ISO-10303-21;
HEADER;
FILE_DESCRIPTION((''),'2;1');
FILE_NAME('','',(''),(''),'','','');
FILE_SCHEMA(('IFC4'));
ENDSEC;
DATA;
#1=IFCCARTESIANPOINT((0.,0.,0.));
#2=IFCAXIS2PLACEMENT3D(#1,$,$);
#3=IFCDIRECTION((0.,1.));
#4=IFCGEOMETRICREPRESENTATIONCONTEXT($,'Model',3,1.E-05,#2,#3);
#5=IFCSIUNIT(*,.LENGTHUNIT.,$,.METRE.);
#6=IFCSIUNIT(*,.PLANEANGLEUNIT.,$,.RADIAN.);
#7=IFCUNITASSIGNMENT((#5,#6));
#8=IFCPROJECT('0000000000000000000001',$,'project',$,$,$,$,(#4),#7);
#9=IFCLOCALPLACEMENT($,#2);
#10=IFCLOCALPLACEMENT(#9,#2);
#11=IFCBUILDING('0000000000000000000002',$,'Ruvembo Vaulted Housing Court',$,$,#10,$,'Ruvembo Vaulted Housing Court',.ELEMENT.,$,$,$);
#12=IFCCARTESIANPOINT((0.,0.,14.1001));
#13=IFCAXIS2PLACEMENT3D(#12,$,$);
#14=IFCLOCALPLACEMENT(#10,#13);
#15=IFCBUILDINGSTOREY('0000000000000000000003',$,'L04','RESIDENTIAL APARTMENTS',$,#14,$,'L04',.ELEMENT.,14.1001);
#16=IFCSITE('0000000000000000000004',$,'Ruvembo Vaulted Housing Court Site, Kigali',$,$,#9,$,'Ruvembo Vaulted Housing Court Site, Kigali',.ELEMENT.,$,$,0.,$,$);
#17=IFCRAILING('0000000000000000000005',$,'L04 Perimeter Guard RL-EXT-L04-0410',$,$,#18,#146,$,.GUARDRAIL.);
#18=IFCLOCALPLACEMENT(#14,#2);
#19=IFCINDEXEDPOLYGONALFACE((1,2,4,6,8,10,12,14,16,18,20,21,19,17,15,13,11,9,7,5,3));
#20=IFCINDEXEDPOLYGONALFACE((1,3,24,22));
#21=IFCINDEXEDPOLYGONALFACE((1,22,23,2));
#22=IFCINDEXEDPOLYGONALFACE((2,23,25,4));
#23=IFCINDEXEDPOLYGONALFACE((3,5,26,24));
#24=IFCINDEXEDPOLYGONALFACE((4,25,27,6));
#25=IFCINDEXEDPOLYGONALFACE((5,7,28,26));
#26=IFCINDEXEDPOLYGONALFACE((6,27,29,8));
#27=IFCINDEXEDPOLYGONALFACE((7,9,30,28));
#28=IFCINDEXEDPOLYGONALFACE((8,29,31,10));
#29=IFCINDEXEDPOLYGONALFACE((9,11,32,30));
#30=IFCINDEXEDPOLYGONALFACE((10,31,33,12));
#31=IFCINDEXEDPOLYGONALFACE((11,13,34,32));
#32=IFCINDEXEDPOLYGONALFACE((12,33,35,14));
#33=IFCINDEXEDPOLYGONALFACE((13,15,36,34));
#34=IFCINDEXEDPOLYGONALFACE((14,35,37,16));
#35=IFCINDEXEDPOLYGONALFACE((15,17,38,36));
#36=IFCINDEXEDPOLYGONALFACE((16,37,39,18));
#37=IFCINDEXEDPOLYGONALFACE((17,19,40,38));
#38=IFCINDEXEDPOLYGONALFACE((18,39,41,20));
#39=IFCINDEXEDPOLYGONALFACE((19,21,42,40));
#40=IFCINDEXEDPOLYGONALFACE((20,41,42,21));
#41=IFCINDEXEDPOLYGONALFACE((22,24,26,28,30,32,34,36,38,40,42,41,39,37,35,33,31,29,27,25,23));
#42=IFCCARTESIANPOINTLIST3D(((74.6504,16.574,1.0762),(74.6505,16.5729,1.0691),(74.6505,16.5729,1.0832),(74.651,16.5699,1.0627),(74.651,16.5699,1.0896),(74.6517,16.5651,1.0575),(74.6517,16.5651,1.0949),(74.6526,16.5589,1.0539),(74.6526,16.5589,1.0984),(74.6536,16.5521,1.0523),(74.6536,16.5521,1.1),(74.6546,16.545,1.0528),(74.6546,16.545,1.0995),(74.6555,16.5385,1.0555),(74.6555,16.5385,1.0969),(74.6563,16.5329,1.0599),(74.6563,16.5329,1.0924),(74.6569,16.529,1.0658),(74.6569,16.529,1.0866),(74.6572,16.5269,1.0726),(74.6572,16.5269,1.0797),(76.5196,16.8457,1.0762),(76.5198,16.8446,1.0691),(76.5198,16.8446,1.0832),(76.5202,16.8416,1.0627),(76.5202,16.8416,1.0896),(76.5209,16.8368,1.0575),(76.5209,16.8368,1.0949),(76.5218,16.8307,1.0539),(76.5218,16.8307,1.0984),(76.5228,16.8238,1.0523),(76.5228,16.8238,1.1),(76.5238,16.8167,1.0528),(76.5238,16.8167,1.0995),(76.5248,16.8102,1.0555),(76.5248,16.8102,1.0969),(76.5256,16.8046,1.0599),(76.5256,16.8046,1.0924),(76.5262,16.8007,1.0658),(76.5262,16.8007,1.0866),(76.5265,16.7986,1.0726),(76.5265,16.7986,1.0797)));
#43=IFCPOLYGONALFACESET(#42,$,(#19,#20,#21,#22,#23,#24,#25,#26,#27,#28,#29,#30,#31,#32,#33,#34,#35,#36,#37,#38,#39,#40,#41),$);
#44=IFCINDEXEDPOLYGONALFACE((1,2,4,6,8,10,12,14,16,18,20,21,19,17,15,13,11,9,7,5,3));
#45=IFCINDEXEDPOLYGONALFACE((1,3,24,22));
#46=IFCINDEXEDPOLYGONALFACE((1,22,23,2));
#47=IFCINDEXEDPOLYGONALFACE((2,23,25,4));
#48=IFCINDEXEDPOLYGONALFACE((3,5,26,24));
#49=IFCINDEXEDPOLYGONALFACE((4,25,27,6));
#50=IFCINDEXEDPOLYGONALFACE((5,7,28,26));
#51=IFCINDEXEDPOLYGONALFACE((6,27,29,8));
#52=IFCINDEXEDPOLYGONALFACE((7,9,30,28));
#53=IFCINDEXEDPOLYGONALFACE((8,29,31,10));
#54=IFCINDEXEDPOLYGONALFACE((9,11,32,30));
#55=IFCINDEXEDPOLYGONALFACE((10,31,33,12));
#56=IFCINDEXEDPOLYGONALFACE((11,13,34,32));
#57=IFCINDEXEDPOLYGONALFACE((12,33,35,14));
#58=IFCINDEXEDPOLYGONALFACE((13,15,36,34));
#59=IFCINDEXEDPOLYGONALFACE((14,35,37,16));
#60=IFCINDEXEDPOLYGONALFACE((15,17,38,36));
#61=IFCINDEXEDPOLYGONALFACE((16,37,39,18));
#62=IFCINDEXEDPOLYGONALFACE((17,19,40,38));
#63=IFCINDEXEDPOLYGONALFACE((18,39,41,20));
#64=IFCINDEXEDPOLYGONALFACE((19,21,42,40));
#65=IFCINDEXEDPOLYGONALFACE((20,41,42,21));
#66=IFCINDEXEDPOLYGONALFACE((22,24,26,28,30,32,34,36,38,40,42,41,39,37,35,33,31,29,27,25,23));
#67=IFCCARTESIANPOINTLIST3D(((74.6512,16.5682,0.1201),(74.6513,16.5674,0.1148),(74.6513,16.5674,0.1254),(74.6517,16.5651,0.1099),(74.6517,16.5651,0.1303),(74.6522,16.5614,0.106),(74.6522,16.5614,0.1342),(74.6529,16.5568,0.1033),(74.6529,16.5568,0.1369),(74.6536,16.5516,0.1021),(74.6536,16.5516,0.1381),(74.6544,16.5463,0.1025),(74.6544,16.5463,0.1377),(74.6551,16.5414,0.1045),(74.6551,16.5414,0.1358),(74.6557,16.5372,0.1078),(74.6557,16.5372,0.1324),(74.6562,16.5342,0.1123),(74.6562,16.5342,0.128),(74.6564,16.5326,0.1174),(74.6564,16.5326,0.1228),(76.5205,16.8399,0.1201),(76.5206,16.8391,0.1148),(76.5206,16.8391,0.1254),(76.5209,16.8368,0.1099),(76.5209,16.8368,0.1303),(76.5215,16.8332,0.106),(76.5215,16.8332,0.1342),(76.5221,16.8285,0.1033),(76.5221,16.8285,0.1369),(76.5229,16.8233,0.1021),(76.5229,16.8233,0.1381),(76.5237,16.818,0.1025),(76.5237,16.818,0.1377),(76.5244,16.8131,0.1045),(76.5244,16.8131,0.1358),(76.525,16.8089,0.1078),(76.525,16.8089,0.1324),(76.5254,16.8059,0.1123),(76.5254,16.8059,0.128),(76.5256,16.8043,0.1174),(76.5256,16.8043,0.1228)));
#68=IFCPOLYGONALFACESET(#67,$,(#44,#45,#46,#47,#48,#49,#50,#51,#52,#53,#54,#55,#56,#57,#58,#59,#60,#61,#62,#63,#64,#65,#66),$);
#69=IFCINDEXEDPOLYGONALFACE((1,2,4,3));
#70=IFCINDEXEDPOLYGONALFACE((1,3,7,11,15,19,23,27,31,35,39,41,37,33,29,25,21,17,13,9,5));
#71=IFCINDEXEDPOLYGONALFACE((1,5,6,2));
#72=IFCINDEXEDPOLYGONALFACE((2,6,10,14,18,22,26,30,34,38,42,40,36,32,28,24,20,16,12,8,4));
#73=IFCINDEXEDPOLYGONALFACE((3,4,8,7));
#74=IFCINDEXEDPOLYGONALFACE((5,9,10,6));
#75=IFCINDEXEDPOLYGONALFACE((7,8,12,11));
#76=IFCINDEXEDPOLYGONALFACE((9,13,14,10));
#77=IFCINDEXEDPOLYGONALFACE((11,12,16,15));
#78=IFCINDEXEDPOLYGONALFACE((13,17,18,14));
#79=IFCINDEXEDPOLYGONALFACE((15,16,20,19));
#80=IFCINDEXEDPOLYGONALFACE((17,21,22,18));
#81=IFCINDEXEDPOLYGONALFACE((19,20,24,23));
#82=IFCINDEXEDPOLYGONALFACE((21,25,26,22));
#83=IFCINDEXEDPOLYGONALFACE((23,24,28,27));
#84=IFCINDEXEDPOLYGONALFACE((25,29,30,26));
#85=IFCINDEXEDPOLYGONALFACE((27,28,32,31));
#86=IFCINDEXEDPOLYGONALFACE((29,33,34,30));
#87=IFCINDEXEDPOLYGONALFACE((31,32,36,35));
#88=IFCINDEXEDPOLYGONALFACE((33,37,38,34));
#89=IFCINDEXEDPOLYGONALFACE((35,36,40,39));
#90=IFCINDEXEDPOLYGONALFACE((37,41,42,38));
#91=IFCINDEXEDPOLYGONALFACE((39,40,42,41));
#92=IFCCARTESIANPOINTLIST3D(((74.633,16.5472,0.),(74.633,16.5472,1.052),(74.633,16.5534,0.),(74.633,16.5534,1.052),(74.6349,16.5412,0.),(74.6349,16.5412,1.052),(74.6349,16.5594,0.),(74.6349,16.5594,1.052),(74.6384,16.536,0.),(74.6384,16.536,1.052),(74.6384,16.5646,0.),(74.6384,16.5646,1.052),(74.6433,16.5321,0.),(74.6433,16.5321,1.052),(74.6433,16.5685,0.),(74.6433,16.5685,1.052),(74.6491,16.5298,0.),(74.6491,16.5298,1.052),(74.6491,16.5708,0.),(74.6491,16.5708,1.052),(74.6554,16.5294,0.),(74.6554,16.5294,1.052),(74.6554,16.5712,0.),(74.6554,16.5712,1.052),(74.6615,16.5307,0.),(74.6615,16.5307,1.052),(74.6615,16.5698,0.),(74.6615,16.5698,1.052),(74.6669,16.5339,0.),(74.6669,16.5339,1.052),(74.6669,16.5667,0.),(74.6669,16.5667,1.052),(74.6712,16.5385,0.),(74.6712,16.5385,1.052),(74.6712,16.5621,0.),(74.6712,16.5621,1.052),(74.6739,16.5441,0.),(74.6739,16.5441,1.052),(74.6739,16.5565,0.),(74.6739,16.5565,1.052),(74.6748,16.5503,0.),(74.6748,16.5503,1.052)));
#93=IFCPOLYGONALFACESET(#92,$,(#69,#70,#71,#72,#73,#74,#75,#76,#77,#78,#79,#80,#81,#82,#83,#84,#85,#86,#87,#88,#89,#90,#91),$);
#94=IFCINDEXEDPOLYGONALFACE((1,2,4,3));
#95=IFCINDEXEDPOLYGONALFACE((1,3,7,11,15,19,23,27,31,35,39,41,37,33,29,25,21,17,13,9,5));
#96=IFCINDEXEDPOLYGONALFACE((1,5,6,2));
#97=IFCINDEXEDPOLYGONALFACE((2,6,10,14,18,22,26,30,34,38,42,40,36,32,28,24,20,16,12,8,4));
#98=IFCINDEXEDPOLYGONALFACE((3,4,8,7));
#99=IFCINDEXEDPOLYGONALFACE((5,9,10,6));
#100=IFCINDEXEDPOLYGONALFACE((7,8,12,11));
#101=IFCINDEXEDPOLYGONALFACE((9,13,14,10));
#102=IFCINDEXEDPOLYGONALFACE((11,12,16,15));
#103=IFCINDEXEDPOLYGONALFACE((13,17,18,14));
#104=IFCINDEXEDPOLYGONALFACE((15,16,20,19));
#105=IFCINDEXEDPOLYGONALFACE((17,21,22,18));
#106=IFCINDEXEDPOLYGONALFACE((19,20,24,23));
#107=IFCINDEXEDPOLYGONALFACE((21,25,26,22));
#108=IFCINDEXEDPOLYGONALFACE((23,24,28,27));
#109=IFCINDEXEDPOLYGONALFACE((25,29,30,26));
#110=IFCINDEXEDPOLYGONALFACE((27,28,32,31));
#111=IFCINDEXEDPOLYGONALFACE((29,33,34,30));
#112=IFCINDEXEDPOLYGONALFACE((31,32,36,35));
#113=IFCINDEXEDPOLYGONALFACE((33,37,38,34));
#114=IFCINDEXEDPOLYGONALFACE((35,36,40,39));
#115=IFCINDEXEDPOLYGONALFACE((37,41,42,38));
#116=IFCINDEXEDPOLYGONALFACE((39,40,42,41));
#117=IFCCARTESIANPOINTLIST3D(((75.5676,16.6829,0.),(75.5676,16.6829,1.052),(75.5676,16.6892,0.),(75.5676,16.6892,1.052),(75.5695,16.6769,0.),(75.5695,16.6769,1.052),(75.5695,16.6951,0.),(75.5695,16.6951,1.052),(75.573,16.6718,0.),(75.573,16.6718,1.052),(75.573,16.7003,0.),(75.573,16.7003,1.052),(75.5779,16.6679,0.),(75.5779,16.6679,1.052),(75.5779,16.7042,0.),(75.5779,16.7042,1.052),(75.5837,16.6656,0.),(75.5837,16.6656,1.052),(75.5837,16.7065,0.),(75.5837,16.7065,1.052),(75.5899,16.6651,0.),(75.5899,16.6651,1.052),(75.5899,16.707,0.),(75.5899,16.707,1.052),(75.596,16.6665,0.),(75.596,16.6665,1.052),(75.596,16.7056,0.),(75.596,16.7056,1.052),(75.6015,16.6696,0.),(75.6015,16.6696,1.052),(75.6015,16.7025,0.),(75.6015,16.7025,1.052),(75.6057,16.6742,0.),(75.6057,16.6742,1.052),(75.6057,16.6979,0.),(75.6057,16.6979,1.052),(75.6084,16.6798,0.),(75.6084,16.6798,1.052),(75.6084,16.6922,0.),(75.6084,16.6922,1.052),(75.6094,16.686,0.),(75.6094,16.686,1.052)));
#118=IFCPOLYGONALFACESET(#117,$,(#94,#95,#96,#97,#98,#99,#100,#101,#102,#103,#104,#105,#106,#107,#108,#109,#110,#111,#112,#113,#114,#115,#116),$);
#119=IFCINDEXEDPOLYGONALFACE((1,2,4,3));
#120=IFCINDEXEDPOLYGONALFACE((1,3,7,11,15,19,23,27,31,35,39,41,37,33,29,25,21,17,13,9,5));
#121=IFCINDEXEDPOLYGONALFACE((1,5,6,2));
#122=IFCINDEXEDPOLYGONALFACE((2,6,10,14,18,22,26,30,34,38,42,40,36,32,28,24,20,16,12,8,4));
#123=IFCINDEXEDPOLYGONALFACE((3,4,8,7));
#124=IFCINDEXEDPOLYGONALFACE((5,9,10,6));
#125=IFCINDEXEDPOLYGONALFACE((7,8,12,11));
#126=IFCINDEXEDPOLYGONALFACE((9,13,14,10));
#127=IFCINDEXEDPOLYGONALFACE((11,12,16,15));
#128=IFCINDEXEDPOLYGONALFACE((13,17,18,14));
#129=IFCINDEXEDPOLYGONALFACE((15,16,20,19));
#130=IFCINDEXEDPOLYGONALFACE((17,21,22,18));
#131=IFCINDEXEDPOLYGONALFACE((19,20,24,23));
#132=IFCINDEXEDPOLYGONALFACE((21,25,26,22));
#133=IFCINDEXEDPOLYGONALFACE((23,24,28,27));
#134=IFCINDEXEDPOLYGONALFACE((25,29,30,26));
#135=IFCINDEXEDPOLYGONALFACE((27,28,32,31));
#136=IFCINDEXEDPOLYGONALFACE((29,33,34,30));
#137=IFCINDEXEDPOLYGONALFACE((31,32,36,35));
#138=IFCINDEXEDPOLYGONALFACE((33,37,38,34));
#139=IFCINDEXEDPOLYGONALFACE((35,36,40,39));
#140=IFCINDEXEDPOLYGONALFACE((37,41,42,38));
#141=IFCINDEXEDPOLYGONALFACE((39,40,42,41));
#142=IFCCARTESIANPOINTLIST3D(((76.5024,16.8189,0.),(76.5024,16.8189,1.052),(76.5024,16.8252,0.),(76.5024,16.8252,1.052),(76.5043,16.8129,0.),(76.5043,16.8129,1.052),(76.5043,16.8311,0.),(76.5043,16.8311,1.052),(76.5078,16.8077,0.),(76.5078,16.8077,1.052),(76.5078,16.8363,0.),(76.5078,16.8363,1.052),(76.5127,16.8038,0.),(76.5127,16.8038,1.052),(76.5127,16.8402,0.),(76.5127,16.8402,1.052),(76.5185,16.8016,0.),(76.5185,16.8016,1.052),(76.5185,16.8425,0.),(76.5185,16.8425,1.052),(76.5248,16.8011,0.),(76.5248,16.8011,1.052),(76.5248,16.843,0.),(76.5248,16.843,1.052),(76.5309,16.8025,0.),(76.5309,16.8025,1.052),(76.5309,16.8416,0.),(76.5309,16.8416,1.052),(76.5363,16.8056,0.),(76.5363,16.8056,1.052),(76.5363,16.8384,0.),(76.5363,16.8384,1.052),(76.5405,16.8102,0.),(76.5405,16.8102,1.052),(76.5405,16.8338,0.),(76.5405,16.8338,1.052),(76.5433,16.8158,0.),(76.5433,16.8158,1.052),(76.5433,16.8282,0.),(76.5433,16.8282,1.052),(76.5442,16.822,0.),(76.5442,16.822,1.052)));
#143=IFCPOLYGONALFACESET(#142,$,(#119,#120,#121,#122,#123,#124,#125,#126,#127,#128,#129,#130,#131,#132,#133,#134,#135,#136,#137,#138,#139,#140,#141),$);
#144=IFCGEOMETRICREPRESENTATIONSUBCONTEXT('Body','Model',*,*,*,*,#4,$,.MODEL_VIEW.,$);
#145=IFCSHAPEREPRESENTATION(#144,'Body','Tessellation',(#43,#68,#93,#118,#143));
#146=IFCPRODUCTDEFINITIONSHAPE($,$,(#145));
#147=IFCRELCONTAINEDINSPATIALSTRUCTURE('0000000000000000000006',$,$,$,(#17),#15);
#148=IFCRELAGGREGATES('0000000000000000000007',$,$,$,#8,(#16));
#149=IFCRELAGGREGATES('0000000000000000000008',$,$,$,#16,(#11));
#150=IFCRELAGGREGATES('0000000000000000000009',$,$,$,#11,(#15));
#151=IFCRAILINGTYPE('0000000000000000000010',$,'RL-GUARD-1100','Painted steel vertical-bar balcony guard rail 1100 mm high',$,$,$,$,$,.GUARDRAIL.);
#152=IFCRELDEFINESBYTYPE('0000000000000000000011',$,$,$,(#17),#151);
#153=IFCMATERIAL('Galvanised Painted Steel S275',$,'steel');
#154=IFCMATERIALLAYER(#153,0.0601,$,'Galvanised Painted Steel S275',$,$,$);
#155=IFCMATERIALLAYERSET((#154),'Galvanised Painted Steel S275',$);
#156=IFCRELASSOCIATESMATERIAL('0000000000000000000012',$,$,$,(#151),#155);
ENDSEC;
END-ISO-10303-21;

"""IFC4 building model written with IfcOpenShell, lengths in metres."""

from ifc_helpers import new_model, si_unit, direction, frame, origin, origin_2d, place, context, subcontext, project, spatial, circle, extrude, material, layer, layer_set, type_object, element, save


model = new_model("IFC4")

# Units and contexts
model_context = context("Model", 3, precision=1e-05, world=origin(), true_north=direction((0.0, 1.0)))
body_context = subcontext(model_context, "Body", "Model", "MODEL_VIEW")
ifc_project = project(units=[si_unit("LENGTHUNIT", "METRE"), si_unit("PLANEANGLEUNIT", "RADIAN")], contexts=[model_context])

# Site, building, storey
site_placement = place(None, origin())
site = spatial("IfcSite", under=ifc_project, at=site_placement, Name="Ruvembo Vaulted Housing Court Site, Kigali", LongName="Ruvembo Vaulted Housing Court Site, Kigali", CompositionType="ELEMENT", RefElevation=0.0)
building_placement = place(site_placement, origin())
building = spatial("IfcBuilding", under=site, at=building_placement, Name="Ruvembo Vaulted Housing Court", LongName="Ruvembo Vaulted Housing Court", CompositionType="ELEMENT")
storey_placement = place(building_placement, frame((0.0, 0.0, 14.1001)))
storey = spatial("IfcBuildingStorey", under=building, at=storey_placement, Name="L04", Description="RESIDENTIAL APARTMENTS", LongName="L04", CompositionType="ELEMENT", Elevation=14.1001)

# Railing
ifc_material_1 = material(Name="Galvanised Painted Steel S275", Category="steel")
ifc_layer = layer(ifc_material_1, 0.0601, Name="Galvanised Painted Steel S275")
ifc_layer_set = layer_set([ifc_layer], Name="Galvanised Painted Steel S275")
railing_type = type_object("IfcRailingType", Name="RL-GUARD-1100", Description="Painted steel vertical-bar balcony guard rail 1100 mm high", PredefinedType="GUARDRAIL", material=ifc_layer_set)
railing_1_placement = place(storey_placement, frame((74.6538, 16.5503, 0.0)))
element("IfcRailing", 1, at=railing_1_placement, inside=storey, type_object=railing_type, Name="L04 Perimeter Guard RL-EXT-L04-0410", PredefinedType="GUARDRAIL", context=body_context, shape_type="SweptSolid", body=[
    extrude(circle(Radius=0.0239, at=origin_2d()), frame((0.0, 0.0, 1.0762), z_axis=(0.9896, 0.143845, 0.0), x_axis=(-0.143845, 0.9896, 0.0)), (0.0, 0.0, 1.0), 1.8889),
    extrude(circle(Radius=0.0181, at=origin_2d()), frame((0.0, 0.0, 0.1201), z_axis=(0.9896, 0.143845, 0.0), x_axis=(-0.143845, 0.9896, 0.0)), (0.0, 0.0, 1.0), 1.8889),
    extrude(circle(Radius=0.021, at=origin_2d()), origin(), (0.0, 0.0, 1.0), 1.052),
    extrude(circle(Radius=0.021, at=origin_2d()), frame((0.9346, 0.1357, 0.0)), (0.0, 0.0, 1.0), 1.052),
    extrude(circle(Radius=0.021, at=origin_2d()), frame((1.8694, 0.2717, 0.0)), (0.0, 0.0, 1.0), 1.052),
])

save(model, "model.ifc")
